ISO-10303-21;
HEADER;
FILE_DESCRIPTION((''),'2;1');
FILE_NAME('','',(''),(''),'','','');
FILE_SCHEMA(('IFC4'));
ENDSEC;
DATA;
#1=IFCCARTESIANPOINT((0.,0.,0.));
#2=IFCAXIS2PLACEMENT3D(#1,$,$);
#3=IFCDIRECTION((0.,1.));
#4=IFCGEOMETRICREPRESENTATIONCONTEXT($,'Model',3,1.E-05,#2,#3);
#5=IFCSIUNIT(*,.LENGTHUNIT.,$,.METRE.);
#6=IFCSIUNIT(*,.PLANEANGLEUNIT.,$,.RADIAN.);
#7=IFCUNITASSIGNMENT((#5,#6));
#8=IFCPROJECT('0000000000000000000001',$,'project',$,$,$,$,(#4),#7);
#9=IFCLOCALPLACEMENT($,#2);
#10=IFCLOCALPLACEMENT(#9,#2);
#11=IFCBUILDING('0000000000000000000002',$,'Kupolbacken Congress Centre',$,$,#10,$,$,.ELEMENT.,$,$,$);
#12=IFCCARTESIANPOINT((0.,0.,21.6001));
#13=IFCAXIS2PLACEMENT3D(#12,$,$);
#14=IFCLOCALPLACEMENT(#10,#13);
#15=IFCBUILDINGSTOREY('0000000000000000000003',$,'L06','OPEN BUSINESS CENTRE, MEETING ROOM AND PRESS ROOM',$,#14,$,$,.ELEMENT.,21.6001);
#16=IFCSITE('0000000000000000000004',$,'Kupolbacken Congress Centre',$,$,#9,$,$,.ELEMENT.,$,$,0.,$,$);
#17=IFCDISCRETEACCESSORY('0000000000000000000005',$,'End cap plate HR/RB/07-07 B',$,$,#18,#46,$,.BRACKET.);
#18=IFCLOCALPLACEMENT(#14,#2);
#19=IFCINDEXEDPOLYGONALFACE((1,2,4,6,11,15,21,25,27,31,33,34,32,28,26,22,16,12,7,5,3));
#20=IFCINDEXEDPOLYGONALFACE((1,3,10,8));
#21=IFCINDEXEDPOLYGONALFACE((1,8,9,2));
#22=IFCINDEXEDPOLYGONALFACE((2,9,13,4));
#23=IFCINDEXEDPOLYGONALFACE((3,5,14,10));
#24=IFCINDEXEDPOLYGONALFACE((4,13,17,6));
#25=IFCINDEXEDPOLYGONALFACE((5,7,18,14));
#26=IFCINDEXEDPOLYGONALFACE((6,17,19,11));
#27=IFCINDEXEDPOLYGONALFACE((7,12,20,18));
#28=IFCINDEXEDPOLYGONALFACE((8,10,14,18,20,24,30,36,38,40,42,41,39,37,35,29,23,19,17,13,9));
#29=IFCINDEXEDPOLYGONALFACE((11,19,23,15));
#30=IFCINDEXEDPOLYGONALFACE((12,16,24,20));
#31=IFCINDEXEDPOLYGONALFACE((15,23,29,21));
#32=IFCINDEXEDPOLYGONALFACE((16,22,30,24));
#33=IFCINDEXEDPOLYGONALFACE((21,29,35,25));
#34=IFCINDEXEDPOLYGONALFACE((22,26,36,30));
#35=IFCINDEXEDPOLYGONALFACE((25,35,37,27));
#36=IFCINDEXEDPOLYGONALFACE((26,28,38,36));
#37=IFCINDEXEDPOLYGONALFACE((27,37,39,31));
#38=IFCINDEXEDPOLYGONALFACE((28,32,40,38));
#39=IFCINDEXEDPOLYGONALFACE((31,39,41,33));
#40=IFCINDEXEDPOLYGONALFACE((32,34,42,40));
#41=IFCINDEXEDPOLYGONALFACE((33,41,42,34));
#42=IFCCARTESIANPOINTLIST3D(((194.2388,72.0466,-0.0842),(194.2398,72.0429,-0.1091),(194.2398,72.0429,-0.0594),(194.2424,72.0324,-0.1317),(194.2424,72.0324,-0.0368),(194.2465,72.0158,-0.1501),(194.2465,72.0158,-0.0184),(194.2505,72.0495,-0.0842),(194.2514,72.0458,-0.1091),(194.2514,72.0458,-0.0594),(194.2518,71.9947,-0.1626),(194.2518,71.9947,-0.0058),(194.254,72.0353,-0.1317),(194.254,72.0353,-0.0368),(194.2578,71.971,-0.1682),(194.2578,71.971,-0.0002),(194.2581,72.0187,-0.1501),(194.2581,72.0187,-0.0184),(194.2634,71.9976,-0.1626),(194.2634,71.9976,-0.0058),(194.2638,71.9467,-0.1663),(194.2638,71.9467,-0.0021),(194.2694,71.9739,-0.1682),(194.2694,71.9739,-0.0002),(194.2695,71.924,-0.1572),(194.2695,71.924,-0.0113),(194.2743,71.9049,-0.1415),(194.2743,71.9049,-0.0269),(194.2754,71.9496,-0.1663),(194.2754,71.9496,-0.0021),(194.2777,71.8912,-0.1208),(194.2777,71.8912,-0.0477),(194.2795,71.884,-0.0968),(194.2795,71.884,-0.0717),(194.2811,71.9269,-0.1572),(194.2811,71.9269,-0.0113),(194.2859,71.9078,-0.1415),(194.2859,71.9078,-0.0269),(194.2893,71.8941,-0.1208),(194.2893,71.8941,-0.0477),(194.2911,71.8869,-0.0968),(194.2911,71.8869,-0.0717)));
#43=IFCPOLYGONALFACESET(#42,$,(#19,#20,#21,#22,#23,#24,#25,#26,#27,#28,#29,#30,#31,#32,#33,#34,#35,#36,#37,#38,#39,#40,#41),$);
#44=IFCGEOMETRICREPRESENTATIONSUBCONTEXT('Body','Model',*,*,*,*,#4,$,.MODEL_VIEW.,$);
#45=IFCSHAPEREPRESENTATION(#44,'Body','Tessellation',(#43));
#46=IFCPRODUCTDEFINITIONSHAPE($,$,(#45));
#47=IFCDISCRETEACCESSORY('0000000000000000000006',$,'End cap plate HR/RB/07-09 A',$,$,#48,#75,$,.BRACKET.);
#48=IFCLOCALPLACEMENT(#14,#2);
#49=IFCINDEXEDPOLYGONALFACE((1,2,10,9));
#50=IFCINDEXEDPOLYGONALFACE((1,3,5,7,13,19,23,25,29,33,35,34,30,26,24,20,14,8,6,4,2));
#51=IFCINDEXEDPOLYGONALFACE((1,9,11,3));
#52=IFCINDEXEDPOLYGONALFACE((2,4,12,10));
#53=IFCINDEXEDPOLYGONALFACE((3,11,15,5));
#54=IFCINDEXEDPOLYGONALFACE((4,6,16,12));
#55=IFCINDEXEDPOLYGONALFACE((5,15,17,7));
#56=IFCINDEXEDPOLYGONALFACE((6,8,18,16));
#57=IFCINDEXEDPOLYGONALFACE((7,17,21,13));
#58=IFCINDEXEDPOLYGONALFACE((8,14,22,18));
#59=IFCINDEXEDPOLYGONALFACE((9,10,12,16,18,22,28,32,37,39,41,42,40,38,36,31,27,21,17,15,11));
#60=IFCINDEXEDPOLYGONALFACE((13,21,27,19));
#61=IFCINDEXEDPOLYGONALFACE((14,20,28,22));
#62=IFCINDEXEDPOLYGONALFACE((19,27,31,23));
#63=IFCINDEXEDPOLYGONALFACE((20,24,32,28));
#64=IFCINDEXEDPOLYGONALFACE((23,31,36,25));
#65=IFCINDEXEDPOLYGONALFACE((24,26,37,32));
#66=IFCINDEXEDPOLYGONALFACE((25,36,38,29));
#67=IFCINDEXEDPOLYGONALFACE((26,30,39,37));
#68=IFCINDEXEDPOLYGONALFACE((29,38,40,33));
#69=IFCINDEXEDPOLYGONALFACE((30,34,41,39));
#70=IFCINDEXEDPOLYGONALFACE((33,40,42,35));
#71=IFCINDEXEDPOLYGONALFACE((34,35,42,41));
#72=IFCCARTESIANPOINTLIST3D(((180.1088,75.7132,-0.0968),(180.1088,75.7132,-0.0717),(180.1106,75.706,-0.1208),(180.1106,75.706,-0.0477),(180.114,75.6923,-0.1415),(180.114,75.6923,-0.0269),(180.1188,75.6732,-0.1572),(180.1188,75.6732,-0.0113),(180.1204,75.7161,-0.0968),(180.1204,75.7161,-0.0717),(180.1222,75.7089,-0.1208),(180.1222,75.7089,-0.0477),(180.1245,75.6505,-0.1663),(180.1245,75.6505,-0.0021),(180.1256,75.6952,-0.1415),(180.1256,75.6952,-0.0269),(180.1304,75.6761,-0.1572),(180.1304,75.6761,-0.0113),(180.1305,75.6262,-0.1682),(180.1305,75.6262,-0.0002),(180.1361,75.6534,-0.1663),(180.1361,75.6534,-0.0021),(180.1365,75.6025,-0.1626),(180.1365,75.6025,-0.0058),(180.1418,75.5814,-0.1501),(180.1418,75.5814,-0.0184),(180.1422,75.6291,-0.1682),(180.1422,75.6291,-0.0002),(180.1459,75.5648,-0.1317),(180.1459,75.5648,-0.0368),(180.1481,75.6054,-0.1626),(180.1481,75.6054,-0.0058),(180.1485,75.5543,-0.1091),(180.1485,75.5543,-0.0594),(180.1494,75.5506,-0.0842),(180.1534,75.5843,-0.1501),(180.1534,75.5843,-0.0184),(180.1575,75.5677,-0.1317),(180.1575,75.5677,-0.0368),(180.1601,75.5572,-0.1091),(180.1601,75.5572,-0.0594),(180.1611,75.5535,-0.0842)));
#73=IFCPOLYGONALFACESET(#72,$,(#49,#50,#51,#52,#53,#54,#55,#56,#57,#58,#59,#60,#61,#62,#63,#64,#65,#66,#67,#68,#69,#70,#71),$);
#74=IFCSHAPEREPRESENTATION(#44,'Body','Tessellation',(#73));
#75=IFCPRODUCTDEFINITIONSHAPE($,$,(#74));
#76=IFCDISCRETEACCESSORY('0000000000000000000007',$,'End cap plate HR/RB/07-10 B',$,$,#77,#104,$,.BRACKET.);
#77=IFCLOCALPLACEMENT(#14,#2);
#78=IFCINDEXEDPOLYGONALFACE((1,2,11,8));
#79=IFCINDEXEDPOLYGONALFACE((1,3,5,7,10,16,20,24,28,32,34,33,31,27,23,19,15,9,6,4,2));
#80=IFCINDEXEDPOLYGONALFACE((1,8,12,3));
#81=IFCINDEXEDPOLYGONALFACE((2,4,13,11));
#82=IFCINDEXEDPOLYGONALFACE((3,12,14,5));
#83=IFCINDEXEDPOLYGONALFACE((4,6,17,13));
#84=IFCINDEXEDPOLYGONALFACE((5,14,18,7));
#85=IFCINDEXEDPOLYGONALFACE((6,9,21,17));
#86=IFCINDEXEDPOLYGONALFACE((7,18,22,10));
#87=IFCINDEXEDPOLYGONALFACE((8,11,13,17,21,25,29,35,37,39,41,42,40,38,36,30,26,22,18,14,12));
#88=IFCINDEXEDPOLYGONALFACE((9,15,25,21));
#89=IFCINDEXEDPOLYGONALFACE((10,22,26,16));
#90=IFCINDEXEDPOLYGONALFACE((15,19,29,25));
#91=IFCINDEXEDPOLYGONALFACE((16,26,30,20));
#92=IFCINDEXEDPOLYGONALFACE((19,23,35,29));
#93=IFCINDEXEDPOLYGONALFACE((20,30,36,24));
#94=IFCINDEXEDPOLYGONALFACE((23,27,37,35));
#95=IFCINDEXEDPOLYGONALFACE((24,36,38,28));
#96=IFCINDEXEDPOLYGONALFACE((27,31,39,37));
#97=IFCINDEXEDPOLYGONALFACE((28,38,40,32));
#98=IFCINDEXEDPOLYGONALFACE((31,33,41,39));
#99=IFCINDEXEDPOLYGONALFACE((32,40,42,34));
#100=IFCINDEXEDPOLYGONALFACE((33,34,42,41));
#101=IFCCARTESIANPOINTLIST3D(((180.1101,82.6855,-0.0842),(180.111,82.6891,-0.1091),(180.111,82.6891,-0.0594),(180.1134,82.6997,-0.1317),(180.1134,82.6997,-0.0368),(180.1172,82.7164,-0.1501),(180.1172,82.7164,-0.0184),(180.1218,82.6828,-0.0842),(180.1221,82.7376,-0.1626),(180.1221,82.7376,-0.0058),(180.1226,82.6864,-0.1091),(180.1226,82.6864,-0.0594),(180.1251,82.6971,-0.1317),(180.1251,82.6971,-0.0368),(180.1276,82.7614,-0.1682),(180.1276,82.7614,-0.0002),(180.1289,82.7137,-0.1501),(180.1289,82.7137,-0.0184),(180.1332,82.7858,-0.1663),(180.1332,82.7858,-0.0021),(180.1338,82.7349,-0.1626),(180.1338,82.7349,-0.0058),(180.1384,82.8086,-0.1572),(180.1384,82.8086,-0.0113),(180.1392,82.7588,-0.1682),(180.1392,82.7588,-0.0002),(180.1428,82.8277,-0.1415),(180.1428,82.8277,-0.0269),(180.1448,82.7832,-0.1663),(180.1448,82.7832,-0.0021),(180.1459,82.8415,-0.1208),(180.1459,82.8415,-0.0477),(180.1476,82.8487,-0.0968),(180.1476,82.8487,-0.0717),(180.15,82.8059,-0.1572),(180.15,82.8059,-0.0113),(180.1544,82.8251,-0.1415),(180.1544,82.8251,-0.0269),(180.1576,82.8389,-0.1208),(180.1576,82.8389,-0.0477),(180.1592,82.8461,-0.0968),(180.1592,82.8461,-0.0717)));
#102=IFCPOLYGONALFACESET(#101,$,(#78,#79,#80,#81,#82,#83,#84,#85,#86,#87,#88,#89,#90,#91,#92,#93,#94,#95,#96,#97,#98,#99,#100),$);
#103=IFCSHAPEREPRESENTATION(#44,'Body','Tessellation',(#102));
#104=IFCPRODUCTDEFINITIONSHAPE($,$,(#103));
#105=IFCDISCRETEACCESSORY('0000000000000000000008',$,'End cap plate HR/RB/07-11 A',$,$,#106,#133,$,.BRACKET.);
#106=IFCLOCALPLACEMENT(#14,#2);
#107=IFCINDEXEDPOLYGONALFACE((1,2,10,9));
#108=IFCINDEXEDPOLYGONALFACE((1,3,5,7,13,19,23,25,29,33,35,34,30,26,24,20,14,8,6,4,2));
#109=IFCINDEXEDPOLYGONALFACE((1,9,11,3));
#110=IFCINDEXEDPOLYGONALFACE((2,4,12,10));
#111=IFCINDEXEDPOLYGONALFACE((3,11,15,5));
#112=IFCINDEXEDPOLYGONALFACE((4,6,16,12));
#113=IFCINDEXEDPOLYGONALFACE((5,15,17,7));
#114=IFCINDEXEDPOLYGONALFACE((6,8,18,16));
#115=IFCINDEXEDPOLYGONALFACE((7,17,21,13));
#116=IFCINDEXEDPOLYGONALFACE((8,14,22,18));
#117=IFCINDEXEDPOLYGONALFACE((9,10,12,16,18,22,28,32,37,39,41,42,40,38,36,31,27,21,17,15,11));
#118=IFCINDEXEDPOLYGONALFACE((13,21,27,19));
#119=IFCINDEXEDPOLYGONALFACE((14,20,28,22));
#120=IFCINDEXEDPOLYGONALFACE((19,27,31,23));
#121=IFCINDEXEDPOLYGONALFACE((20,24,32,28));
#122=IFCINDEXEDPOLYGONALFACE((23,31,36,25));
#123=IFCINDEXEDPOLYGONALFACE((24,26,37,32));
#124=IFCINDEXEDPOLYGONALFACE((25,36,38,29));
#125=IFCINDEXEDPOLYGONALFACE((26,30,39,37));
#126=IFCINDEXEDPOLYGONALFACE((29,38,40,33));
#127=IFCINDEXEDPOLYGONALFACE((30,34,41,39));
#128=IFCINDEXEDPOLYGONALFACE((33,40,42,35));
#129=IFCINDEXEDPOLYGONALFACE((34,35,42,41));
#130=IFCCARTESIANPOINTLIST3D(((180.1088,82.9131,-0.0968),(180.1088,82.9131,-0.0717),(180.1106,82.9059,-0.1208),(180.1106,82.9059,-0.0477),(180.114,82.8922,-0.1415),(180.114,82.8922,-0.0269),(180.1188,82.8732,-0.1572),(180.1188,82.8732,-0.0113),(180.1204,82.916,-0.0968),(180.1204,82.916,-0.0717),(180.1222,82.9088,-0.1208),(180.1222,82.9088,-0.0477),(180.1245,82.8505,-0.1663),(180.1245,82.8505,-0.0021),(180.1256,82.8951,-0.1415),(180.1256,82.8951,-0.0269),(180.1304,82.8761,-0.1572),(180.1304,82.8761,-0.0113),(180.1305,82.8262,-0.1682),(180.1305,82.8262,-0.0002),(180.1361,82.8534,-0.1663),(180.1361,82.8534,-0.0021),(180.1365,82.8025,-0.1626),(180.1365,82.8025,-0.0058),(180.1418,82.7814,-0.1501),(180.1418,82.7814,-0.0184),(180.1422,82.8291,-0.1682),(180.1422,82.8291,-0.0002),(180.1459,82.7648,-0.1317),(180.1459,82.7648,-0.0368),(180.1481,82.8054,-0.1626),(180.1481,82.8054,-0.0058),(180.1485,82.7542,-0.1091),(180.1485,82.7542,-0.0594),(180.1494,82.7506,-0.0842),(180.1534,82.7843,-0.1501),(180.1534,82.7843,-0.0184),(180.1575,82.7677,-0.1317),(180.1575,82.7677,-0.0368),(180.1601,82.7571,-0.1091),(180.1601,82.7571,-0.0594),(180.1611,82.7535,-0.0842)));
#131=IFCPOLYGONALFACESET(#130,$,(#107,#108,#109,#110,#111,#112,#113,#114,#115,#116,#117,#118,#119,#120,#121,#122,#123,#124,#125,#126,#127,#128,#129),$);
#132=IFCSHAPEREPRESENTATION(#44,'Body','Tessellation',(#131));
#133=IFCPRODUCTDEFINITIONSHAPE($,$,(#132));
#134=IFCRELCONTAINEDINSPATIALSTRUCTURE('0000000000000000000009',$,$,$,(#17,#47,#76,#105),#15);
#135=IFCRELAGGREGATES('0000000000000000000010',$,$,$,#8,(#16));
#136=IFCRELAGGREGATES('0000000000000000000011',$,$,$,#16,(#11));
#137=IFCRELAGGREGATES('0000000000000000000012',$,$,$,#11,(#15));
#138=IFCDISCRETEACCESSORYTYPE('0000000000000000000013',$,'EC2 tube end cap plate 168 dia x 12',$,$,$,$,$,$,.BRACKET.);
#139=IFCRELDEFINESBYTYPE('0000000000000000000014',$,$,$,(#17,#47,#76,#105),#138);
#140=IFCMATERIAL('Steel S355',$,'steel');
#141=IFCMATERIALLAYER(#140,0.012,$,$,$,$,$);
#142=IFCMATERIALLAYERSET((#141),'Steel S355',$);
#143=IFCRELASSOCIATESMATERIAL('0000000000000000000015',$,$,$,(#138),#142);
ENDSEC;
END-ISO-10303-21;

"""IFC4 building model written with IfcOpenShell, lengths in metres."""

from ifc_helpers import new_model, si_unit, direction, frame, origin, origin_2d, place, context, subcontext, project, spatial, circle, extrude, material, layer, layer_set, type_object, element, save


model = new_model("IFC4")

# Units and contexts
model_context = context("Model", 3, precision=1e-05, world=origin(), true_north=direction((0.0, 1.0)))
body_context = subcontext(model_context, "Body", "Model", "MODEL_VIEW")
ifc_project = project(units=[si_unit("LENGTHUNIT", "METRE"), si_unit("PLANEANGLEUNIT", "RADIAN")], contexts=[model_context])

# Site, building, storey
site_placement = place(None, origin())
site = spatial("IfcSite", under=ifc_project, at=site_placement, Name="Kupolbacken Congress Centre", CompositionType="ELEMENT", RefElevation=0.0)
building_placement = place(site_placement, origin())
building = spatial("IfcBuilding", under=site, at=building_placement, Name="Kupolbacken Congress Centre", CompositionType="ELEMENT")
storey_placement = place(building_placement, frame((0.0, 0.0, 21.6001)))
storey = spatial("IfcBuildingStorey", under=building, at=storey_placement, Name="L06", Description="OPEN BUSINESS CENTRE, MEETING ROOM AND PRESS ROOM", CompositionType="ELEMENT", Elevation=21.6001)

# Discrete accessories
ifc_material_1 = material(Name="Steel S355", Category="steel")
ifc_layer_1 = layer(ifc_material_1, 0.012)
ifc_layer_set_1 = layer_set([ifc_layer_1], Name="Steel S355")
discrete_accessory_type = type_object("IfcDiscreteAccessoryType", Name="EC2 tube end cap plate 168 dia x 12", PredefinedType="BRACKET", material=ifc_layer_set_1)
for number, where, z_axis, x_axis, name in (
    (1, (194.2593, 71.9648, -0.0842), (0.970143, 0.242536, 0.0), (-0.242536, 0.970143, 0.0), "End cap plate HR/RB/07-07 B"),
    (2, (180.1406, 75.6353, -0.0842), (-0.970143, -0.242536, 0.0), (0.242536, -0.970143, 0.0), "End cap plate HR/RB/07-09 A"),
    (3, (180.1406, 82.7649, -0.0842), (-0.974732, 0.223376, 0.0), (-0.223376, -0.974732, 0.0), "End cap plate HR/RB/07-10 B"),
    (4, (180.1406, 82.8352, -0.0842), (-0.970143, -0.242536, 0.0), (0.242536, -0.970143, 0.0), "End cap plate HR/RB/07-11 A"),
):
    element("IfcDiscreteAccessory", number, at=place(storey_placement, frame(where, z_axis=z_axis, x_axis=x_axis)), inside=storey, type_object=discrete_accessory_type, Name=name, PredefinedType="BRACKET", context=body_context, shape_type="SweptSolid", body=[
        extrude(circle(Radius=0.0842, at=origin_2d()), origin(), (0.0, 0.0, 1.0), 0.012),
    ])

save(model, "model.ifc")
